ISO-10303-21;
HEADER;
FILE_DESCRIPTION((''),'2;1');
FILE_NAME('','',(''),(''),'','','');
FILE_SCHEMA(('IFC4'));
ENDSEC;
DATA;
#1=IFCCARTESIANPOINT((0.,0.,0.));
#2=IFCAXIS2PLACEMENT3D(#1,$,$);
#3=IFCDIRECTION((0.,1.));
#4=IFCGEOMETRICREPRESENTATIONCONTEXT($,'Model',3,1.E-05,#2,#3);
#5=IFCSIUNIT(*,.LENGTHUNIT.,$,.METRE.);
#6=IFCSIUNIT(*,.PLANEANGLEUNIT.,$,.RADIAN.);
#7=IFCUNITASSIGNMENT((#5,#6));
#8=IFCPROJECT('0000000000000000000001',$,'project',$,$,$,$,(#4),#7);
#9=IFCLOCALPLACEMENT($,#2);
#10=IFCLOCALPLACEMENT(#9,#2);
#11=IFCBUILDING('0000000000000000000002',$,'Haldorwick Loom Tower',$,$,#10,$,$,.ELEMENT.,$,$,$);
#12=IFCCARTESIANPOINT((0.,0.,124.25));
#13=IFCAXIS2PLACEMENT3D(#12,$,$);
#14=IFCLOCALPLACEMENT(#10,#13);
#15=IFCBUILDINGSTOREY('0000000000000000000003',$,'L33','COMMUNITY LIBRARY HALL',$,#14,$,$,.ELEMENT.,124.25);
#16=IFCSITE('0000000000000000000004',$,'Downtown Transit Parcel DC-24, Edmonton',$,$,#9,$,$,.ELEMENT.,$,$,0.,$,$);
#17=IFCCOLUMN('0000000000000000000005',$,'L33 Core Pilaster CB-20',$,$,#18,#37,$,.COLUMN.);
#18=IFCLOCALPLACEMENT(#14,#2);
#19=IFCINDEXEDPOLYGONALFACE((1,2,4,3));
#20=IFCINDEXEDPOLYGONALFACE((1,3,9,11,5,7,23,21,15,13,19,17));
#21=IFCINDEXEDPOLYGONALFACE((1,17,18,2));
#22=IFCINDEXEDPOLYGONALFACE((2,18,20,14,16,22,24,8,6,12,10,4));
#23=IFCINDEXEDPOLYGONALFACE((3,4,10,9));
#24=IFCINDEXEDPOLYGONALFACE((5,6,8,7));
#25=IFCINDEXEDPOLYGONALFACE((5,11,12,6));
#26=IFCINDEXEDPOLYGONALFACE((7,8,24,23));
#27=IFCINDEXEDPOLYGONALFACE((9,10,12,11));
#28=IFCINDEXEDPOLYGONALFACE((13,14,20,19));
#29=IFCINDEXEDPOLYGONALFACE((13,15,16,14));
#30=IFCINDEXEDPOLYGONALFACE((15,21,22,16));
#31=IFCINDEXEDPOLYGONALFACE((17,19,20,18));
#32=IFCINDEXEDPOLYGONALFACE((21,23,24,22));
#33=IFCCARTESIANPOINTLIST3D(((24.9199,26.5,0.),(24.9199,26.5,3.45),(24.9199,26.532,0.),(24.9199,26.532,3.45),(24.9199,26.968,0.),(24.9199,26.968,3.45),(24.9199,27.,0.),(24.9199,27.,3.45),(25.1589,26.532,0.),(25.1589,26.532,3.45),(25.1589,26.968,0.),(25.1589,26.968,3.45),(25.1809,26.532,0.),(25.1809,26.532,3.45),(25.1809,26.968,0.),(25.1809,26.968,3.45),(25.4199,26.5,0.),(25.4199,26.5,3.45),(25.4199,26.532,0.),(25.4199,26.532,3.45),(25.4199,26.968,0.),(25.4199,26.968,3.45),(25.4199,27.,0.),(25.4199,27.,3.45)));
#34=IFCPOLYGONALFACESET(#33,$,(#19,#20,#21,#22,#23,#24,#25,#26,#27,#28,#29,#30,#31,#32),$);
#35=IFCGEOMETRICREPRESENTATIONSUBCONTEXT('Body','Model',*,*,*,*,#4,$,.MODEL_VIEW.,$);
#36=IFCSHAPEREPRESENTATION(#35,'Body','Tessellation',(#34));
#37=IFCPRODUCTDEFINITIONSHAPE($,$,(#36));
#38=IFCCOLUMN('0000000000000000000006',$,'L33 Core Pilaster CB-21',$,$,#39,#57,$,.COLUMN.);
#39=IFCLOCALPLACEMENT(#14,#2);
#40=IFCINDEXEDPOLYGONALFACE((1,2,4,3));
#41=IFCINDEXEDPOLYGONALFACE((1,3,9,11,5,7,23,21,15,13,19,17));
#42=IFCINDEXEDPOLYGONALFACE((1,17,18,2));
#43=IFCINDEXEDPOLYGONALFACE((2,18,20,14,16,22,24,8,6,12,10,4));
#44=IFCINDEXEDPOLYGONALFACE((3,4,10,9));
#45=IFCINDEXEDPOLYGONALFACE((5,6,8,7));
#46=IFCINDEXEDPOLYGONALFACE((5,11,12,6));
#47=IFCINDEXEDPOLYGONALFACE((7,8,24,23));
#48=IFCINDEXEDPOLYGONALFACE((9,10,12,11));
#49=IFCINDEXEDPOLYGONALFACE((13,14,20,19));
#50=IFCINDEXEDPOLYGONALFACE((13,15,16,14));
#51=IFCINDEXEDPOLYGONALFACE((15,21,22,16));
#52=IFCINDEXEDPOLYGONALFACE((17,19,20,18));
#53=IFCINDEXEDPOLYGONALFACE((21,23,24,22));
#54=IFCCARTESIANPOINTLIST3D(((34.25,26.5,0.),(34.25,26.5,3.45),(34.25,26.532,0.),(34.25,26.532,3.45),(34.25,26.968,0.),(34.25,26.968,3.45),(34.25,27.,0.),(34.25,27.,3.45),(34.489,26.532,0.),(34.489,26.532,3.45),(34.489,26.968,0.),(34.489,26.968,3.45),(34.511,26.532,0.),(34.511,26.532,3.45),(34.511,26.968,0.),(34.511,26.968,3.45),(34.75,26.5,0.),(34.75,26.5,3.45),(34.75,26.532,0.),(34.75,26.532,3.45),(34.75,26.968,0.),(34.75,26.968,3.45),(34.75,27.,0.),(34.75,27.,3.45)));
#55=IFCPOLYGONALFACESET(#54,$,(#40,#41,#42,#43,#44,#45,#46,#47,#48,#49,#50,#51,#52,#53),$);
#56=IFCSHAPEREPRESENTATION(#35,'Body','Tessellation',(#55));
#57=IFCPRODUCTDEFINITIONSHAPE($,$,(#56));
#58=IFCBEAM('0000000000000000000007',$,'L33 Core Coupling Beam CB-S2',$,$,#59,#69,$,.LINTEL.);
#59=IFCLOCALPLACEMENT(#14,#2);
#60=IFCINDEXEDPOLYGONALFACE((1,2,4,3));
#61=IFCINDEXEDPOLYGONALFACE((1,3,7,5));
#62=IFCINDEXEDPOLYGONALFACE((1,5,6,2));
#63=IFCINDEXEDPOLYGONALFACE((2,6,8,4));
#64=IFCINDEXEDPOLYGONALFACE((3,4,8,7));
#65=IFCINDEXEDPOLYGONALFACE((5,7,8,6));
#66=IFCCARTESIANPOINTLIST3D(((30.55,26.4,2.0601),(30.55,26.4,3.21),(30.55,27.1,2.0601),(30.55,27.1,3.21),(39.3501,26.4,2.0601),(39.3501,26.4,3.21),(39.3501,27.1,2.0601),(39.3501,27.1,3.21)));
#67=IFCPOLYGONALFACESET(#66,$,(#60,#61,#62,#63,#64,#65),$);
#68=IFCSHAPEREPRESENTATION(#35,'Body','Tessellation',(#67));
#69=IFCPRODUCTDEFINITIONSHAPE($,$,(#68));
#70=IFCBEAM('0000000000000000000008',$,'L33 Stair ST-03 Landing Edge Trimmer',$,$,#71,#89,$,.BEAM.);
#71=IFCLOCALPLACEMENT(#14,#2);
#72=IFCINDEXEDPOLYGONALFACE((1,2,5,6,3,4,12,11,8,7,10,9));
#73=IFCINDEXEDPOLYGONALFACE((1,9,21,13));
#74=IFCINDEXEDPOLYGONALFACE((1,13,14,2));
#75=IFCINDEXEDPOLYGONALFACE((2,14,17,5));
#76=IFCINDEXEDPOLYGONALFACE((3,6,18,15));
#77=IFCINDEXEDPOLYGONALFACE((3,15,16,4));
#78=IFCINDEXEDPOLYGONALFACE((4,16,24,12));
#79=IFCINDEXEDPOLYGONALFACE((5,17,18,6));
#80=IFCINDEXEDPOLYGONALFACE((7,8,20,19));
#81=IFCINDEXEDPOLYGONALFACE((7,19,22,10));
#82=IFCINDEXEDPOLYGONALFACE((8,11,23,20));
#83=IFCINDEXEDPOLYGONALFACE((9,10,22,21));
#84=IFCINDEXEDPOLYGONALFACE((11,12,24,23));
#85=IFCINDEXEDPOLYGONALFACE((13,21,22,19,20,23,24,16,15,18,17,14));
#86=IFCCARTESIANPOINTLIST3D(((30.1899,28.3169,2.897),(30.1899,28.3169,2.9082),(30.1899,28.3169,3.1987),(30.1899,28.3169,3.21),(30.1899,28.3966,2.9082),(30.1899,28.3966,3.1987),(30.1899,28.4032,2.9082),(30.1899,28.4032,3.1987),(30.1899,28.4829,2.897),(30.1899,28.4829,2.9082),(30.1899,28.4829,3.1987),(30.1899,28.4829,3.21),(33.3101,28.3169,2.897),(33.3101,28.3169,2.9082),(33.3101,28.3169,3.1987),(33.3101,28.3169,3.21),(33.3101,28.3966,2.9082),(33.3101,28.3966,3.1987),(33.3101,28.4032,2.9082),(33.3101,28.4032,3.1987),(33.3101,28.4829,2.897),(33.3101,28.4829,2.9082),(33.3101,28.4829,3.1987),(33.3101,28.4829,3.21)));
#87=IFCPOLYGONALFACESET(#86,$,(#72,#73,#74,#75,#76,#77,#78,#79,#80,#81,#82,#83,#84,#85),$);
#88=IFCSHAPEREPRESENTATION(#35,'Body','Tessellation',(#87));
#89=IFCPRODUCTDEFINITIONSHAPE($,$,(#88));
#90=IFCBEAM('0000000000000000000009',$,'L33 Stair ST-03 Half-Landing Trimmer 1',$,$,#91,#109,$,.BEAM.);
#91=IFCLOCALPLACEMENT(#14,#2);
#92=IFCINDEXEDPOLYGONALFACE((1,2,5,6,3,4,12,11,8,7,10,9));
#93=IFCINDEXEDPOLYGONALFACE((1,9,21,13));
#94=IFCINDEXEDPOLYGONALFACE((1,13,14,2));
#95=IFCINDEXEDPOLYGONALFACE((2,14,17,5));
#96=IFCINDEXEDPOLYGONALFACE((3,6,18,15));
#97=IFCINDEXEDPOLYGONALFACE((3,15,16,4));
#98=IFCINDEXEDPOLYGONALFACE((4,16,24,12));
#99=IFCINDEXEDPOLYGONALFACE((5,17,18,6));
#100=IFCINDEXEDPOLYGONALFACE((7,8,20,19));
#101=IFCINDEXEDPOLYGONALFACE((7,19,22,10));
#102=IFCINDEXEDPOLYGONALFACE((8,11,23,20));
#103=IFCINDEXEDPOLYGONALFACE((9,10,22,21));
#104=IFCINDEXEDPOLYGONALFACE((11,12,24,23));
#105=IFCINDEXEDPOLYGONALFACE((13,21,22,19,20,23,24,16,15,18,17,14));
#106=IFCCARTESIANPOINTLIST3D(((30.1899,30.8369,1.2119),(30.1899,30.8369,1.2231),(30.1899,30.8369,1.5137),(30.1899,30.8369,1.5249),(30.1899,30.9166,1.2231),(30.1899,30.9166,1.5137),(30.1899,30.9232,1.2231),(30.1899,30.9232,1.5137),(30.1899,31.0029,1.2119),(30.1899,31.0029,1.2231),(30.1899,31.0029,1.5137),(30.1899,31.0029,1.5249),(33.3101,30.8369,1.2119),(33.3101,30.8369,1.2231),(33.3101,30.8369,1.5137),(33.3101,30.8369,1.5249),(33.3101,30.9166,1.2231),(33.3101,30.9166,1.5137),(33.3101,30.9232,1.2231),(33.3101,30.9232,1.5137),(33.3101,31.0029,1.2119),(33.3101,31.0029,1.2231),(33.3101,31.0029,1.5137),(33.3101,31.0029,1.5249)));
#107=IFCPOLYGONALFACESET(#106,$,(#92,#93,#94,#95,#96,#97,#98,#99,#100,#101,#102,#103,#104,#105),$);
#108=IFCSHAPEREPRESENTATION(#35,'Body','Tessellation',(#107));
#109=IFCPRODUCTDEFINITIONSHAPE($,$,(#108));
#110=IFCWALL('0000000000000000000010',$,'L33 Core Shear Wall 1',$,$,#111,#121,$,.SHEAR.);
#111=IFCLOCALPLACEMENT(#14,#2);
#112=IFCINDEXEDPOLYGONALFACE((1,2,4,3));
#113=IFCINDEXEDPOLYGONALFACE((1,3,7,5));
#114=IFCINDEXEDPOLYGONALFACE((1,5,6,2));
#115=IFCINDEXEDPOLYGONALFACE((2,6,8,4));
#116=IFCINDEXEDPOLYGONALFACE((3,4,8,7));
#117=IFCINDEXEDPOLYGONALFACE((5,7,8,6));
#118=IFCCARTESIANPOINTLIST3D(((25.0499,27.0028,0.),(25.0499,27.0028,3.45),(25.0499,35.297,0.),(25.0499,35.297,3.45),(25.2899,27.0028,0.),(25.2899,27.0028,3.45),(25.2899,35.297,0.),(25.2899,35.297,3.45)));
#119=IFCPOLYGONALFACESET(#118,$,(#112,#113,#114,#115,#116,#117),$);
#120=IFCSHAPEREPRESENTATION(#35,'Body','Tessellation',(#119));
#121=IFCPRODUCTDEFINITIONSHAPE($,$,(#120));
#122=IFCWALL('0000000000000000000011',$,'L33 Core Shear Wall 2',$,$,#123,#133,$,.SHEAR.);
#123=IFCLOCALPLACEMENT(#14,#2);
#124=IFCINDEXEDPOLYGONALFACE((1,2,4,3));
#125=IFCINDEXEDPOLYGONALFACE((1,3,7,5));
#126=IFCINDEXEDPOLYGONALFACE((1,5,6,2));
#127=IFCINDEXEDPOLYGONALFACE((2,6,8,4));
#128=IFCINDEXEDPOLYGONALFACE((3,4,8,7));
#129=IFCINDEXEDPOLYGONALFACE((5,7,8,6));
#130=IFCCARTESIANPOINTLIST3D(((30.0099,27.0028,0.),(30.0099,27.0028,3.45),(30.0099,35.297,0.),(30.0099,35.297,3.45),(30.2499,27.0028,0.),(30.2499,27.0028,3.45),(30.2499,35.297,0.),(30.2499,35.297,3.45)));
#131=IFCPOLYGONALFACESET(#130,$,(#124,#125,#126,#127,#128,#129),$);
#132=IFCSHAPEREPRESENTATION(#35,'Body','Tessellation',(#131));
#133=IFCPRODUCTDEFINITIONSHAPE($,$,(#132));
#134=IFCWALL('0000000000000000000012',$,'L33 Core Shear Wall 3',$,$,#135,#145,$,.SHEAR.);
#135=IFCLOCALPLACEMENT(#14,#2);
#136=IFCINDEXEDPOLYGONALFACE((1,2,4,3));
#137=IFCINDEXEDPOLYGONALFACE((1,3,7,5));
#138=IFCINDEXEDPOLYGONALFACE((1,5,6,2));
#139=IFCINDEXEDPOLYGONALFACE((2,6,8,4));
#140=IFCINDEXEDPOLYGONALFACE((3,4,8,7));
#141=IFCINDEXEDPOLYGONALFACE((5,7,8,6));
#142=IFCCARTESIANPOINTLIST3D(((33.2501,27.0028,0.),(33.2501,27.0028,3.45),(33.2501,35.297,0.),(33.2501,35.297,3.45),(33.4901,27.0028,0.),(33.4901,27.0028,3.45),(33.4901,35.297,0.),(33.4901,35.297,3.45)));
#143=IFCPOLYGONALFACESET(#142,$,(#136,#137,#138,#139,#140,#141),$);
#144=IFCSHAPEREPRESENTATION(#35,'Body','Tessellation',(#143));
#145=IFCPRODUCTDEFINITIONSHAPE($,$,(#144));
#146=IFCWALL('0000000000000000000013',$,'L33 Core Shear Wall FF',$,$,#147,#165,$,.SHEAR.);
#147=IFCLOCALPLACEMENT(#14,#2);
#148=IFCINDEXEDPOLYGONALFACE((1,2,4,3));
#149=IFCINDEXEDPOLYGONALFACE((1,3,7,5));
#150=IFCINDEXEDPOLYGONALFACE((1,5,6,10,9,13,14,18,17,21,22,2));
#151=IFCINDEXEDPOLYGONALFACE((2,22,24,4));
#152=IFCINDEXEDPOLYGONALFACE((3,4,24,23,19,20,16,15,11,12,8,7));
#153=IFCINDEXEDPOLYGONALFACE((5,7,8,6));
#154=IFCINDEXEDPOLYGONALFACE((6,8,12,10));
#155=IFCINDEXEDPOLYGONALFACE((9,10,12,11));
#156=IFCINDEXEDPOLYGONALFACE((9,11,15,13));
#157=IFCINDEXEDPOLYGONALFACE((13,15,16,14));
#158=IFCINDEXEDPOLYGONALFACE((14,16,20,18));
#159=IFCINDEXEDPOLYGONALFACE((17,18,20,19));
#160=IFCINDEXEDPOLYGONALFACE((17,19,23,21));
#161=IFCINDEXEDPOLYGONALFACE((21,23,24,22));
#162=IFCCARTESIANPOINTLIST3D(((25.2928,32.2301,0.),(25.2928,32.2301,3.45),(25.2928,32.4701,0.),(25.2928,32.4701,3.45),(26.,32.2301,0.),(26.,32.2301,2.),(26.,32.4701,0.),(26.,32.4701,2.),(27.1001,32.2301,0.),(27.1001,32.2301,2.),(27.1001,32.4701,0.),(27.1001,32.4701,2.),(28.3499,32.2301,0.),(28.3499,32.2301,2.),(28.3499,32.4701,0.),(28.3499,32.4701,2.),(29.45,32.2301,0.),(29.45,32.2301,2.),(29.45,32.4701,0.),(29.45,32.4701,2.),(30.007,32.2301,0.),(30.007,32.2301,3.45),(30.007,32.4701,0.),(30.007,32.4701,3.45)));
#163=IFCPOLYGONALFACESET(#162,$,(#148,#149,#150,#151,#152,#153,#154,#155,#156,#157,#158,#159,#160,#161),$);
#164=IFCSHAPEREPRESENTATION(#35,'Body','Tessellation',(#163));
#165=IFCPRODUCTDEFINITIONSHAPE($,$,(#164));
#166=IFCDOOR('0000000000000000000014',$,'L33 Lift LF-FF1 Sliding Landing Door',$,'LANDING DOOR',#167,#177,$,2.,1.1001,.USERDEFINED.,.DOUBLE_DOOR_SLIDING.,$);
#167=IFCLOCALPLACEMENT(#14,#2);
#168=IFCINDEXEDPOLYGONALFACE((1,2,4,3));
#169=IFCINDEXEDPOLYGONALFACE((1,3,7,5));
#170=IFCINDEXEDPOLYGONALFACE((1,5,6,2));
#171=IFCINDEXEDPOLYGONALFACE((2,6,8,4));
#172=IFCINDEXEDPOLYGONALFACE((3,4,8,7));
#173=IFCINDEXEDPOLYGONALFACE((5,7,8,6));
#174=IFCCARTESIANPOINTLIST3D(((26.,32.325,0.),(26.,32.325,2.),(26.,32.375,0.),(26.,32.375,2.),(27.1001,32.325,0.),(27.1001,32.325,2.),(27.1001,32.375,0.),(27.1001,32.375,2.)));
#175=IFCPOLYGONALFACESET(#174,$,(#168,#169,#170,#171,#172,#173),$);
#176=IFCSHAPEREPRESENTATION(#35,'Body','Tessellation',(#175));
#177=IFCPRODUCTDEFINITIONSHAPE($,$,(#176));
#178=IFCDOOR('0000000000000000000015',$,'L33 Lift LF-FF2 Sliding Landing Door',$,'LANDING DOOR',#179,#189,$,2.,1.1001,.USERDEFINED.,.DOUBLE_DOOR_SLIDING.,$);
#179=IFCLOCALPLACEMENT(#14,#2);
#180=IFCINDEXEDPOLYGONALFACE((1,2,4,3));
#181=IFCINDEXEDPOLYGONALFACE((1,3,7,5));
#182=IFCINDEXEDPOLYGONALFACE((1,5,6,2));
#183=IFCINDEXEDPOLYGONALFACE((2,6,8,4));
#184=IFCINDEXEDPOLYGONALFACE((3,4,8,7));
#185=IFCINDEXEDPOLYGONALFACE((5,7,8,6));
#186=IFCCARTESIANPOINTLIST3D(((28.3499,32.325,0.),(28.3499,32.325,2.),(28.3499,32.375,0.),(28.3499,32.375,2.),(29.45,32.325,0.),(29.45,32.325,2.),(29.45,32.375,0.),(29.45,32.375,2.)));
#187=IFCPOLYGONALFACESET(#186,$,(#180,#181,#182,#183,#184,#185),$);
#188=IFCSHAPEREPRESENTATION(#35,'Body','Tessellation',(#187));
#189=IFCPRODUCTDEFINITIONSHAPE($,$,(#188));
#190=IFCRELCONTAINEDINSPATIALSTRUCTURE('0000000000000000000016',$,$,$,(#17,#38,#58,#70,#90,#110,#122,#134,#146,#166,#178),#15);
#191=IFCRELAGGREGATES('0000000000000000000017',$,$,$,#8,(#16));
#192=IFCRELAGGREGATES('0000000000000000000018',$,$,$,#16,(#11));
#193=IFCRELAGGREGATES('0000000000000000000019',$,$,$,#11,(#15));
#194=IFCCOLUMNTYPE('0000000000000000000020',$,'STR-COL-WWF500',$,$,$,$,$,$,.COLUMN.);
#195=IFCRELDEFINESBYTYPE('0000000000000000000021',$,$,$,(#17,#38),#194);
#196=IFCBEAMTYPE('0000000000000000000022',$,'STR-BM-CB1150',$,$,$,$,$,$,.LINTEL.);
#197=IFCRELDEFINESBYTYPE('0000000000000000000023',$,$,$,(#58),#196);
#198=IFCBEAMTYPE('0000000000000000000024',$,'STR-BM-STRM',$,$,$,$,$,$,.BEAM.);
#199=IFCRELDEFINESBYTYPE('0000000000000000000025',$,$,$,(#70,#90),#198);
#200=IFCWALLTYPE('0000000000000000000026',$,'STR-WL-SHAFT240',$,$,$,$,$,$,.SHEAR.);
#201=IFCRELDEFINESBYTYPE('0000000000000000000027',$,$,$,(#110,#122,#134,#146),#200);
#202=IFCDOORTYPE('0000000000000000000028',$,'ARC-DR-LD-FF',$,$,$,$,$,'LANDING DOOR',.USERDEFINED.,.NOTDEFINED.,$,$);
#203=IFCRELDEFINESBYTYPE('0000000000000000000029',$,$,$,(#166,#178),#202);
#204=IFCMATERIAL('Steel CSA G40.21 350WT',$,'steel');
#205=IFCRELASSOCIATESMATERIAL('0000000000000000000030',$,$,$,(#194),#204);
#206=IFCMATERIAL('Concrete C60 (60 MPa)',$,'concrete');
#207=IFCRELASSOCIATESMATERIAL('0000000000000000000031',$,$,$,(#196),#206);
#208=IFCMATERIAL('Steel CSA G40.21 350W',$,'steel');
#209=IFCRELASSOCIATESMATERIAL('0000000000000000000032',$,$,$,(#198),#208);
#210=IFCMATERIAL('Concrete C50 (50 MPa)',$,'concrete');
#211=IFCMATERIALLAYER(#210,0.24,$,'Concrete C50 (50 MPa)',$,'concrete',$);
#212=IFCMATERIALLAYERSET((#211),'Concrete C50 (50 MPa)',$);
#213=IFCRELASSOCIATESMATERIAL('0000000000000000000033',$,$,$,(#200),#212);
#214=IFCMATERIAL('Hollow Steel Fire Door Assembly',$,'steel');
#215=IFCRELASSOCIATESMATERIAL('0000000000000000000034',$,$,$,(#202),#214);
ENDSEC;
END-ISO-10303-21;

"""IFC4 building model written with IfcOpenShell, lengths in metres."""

from ifc_helpers import new_model, si_unit, direction, frame, frame_2d, origin, origin_2d, place, context, subcontext, project, spatial, rectangle, i_section, extrude, material, layer, layer_set, material_profile, profile_set, type_object, element, fill, save


model = new_model("IFC4")

# Units and contexts
model_context = context("Model", 3, precision=1e-05, world=origin(), true_north=direction((0.0, 1.0)))
body_context = subcontext(model_context, "Body", "Model", "MODEL_VIEW")
ifc_project = project(units=[si_unit("LENGTHUNIT", "METRE"), si_unit("PLANEANGLEUNIT", "RADIAN")], contexts=[model_context])

# Site, building, storey
site_placement = place(None, origin())
site = spatial("IfcSite", under=ifc_project, at=site_placement, Name="Downtown Transit Parcel DC-24, Edmonton", CompositionType="ELEMENT", RefElevation=0.0)
building_placement = place(site_placement, origin())
building = spatial("IfcBuilding", under=site, at=building_placement, Name="Haldorwick Loom Tower", CompositionType="ELEMENT")
storey_placement = place(building_placement, frame((0.0, 0.0, 124.25)))
storey = spatial("IfcBuildingStorey", under=building, at=storey_placement, Name="L33", Description="COMMUNITY LIBRARY HALL", CompositionType="ELEMENT", Elevation=124.25)

# Columns
ifc_material_1 = material(Name="Steel CSA G40.21 350WT", Category="steel")
ifc_material_profile_1 = material_profile(ifc_material_1, i_section(OverallWidth=0.5, OverallDepth=0.5, WebThickness=0.022, FlangeThickness=0.032, at=origin_2d()), Name="WWF500X500", Category="steel")
ifc_profile_set_1 = profile_set([ifc_material_profile_1], Name="Steel CSA G40.21 350WT")
column_type = type_object("IfcColumnType", Name="STR-COL-WWF500", PredefinedType="COLUMN", material=ifc_profile_set_1)
for number, where, z_axis, x_axis, name in (
    (1, (25.1699, 26.75, 0.0), (0.0, 0.0, 1.0), (1.0, 0.0, 0.0), "L33 Core Pilaster CB-20"),
    (2, (34.5, 26.75, 0.0), (0.0, 0.0, 1.0), (1.0, 0.0, 0.0), "L33 Core Pilaster CB-21"),
):
    element("IfcColumn", number, at=place(storey_placement, frame(where, z_axis=z_axis, x_axis=x_axis)), inside=storey, type_object=column_type, Name=name, PredefinedType="COLUMN", context=body_context, shape_type="SweptSolid", body=[
        extrude(i_section(OverallWidth=0.5, OverallDepth=0.5, WebThickness=0.022, FlangeThickness=0.032, at=origin_2d()), origin(), (0.0, 0.0, 1.0), 3.45),
    ])

# Beams
ifc_material_2 = material(Name="Concrete C60 (60 MPa)", Category="concrete")
ifc_material_profile_2 = material_profile(ifc_material_2, rectangle(XDim=0.7, YDim=1.1499, at=origin_2d()), Name="RC700X1150", Category="concrete")
ifc_profile_set_2 = profile_set([ifc_material_profile_2], Name="Concrete C60 (60 MPa)")
beam_type_1 = type_object("IfcBeamType", Name="STR-BM-CB1150", PredefinedType="LINTEL", material=ifc_profile_set_2)
beam_placement = place(storey_placement, frame((30.55, 26.75, 2.635), z_axis=(1.0, 0.0, 0.0), x_axis=(0.0, 1.0, 0.0)))
element("IfcBeam", 3, at=beam_placement, inside=storey, type_object=beam_type_1, Name="L33 Core Coupling Beam CB-S2", PredefinedType="LINTEL", context=body_context, shape_type="SweptSolid", body=[
    extrude(rectangle(XDim=0.7, YDim=1.1499, at=origin_2d()), origin(), (0.0, 0.0, 1.0), 8.8),
])
ifc_material_3 = material(Name="Steel CSA G40.21 350W", Category="steel")
ifc_material_profile_3 = material_profile(ifc_material_3, i_section(OverallWidth=0.166, OverallDepth=0.313, WebThickness=0.0066, FlangeThickness=0.0112, at=origin_2d()), Name="W310X45", Category="steel")
ifc_profile_set_3 = profile_set([ifc_material_profile_3], Name="Steel CSA G40.21 350W")
beam_type_2 = type_object("IfcBeamType", Name="STR-BM-STRM", PredefinedType="BEAM", material=ifc_profile_set_3)
for number, where, z_axis, x_axis, name in (
    (4, (30.1899, 28.3999, 3.0535), (1.0, 0.0, 0.0), (0.0, 1.0, 0.0), "L33 Stair ST-03 Landing Edge Trimmer"),
    (5, (30.1899, 30.9199, 1.3684), (1.0, 0.0, 0.0), (0.0, 1.0, 0.0), "L33 Stair ST-03 Half-Landing Trimmer 1"),
):
    element("IfcBeam", number, at=place(storey_placement, frame(where, z_axis=z_axis, x_axis=x_axis)), inside=storey, type_object=beam_type_2, Name=name, PredefinedType="BEAM", context=body_context, shape_type="SweptSolid", body=[
        extrude(i_section(OverallWidth=0.166, OverallDepth=0.313, WebThickness=0.0066, FlangeThickness=0.0112, at=origin_2d()), origin(), (0.0, 0.0, 1.0), 3.1201),
    ])

# Walls
ifc_material_4 = material(Name="Concrete C50 (50 MPa)", Category="concrete")
ifc_layer = layer(ifc_material_4, 0.24, Name="Concrete C50 (50 MPa)", Category="concrete")
ifc_layer_set = layer_set([ifc_layer], Name="Concrete C50 (50 MPa)")
wall_type = type_object("IfcWallType", Name="STR-WL-SHAFT240", PredefinedType="SHEAR", material=ifc_layer_set)
for number, where, z_axis, x_axis, name in (
    (6, (25.1699, 27.0029, 0.0), (0.0, 0.0, 1.0), (0.0, 1.0, 0.0), "L33 Core Shear Wall 1"),
    (7, (30.1299, 27.0029, 0.0), (0.0, 0.0, 1.0), (0.0, 1.0, 0.0), "L33 Core Shear Wall 2"),
    (8, (33.3701, 27.0029, 0.0), (0.0, 0.0, 1.0), (0.0, 1.0, 0.0), "L33 Core Shear Wall 3"),
):
    element("IfcWall", number, at=place(storey_placement, frame(where, z_axis=z_axis, x_axis=x_axis)), inside=storey, type_object=wall_type, Name=name, PredefinedType="SHEAR", context=body_context, shape_type="SweptSolid", body=[
        extrude(rectangle(XDim=8.2942, YDim=0.24, at=frame_2d((4.147, 0.0))), origin(), (0.0, 0.0, 1.0), 3.45),
    ])

# Wall, openings, doors
wall_1_placement = place(storey_placement, frame((25.293, 32.3501, 0.0), z_axis=(0.0, 0.0, 1.0), x_axis=(1.0, 0.0, 0.0)))
wall_1 = element("IfcWall", 9, at=wall_1_placement, inside=storey, type_object=wall_type, Name="L33 Core Shear Wall FF", PredefinedType="SHEAR", context=body_context, shape_type="SweptSolid", body=[
    extrude(rectangle(XDim=4.7141, YDim=0.24, at=frame_2d((2.3569, 0.0))), origin(), (0.0, 0.0, 1.0), 3.45),
])
opening_1_placement = place(wall_1_placement, frame((0.707, 0.0, 0.0)))
opening_1 = element("IfcOpeningElement", 10, at=opening_1_placement, cuts=wall_1, PredefinedType="OPENING", context=body_context, shape_type="SweptSolid", body=[
    extrude(rectangle(XDim=1.1001, YDim=2.0, at=frame_2d((0.55, 1.0))), frame((0.0, 0.1299, 0.0), z_axis=(0.0, -1.0, 0.0), x_axis=(1.0, 0.0, 0.0)), (0.0, 0.0, 1.0), 0.26),
])
opening_2_placement = place(wall_1_placement, frame((3.0569, 0.0, 0.0)))
opening_2 = element("IfcOpeningElement", 11, at=opening_2_placement, cuts=wall_1, PredefinedType="OPENING", context=body_context, shape_type="SweptSolid", body=[
    extrude(rectangle(XDim=1.1001, YDim=2.0, at=frame_2d((0.55, 1.0))), frame((0.0, 0.1299, 0.0), z_axis=(0.0, -1.0, 0.0), x_axis=(1.0, 0.0, 0.0)), (0.0, 0.0, 1.0), 0.26),
])
ifc_material_5 = material(Name="Hollow Steel Fire Door Assembly", Category="steel")
door_type_1 = type_object("IfcDoorType", Name="ARC-DR-LD-FF", ElementType="LANDING DOOR", OperationType="NOTDEFINED", PredefinedType="USERDEFINED", material=ifc_material_5)
door_1_placement = place(opening_1_placement, origin())
door_1 = element("IfcDoor", 12, at=door_1_placement, inside=storey, type_object=door_type_1, Name="L33 Lift LF-FF1 Sliding Landing Door", ObjectType="LANDING DOOR", OperationType="DOUBLE_DOOR_SLIDING", OverallHeight=2.0, OverallWidth=1.1001, PredefinedType="USERDEFINED", context=body_context, shape_type="SweptSolid", body=[
    extrude(rectangle(XDim=1.1001, YDim=2.0, at=frame_2d((0.55, 1.0))), frame((0.0, 0.0249, 0.0), z_axis=(0.0, -1.0, 0.0), x_axis=(1.0, 0.0, 0.0)), (0.0, 0.0, 1.0), 0.05),
])
fill(opening_1, door_1)
door_2_placement = place(opening_2_placement, origin())
door_2 = element("IfcDoor", 13, at=door_2_placement, inside=storey, type_object=door_type_1, Name="L33 Lift LF-FF2 Sliding Landing Door", ObjectType="LANDING DOOR", OperationType="DOUBLE_DOOR_SLIDING", OverallHeight=2.0, OverallWidth=1.1001, PredefinedType="USERDEFINED", context=body_context, shape_type="SweptSolid", body=[
    extrude(rectangle(XDim=1.1001, YDim=2.0, at=frame_2d((0.55, 1.0))), frame((0.0, 0.0249, 0.0), z_axis=(0.0, -1.0, 0.0), x_axis=(1.0, 0.0, 0.0)), (0.0, 0.0, 1.0), 0.05),
])
fill(opening_2, door_2)

save(model, "model.ifc")
